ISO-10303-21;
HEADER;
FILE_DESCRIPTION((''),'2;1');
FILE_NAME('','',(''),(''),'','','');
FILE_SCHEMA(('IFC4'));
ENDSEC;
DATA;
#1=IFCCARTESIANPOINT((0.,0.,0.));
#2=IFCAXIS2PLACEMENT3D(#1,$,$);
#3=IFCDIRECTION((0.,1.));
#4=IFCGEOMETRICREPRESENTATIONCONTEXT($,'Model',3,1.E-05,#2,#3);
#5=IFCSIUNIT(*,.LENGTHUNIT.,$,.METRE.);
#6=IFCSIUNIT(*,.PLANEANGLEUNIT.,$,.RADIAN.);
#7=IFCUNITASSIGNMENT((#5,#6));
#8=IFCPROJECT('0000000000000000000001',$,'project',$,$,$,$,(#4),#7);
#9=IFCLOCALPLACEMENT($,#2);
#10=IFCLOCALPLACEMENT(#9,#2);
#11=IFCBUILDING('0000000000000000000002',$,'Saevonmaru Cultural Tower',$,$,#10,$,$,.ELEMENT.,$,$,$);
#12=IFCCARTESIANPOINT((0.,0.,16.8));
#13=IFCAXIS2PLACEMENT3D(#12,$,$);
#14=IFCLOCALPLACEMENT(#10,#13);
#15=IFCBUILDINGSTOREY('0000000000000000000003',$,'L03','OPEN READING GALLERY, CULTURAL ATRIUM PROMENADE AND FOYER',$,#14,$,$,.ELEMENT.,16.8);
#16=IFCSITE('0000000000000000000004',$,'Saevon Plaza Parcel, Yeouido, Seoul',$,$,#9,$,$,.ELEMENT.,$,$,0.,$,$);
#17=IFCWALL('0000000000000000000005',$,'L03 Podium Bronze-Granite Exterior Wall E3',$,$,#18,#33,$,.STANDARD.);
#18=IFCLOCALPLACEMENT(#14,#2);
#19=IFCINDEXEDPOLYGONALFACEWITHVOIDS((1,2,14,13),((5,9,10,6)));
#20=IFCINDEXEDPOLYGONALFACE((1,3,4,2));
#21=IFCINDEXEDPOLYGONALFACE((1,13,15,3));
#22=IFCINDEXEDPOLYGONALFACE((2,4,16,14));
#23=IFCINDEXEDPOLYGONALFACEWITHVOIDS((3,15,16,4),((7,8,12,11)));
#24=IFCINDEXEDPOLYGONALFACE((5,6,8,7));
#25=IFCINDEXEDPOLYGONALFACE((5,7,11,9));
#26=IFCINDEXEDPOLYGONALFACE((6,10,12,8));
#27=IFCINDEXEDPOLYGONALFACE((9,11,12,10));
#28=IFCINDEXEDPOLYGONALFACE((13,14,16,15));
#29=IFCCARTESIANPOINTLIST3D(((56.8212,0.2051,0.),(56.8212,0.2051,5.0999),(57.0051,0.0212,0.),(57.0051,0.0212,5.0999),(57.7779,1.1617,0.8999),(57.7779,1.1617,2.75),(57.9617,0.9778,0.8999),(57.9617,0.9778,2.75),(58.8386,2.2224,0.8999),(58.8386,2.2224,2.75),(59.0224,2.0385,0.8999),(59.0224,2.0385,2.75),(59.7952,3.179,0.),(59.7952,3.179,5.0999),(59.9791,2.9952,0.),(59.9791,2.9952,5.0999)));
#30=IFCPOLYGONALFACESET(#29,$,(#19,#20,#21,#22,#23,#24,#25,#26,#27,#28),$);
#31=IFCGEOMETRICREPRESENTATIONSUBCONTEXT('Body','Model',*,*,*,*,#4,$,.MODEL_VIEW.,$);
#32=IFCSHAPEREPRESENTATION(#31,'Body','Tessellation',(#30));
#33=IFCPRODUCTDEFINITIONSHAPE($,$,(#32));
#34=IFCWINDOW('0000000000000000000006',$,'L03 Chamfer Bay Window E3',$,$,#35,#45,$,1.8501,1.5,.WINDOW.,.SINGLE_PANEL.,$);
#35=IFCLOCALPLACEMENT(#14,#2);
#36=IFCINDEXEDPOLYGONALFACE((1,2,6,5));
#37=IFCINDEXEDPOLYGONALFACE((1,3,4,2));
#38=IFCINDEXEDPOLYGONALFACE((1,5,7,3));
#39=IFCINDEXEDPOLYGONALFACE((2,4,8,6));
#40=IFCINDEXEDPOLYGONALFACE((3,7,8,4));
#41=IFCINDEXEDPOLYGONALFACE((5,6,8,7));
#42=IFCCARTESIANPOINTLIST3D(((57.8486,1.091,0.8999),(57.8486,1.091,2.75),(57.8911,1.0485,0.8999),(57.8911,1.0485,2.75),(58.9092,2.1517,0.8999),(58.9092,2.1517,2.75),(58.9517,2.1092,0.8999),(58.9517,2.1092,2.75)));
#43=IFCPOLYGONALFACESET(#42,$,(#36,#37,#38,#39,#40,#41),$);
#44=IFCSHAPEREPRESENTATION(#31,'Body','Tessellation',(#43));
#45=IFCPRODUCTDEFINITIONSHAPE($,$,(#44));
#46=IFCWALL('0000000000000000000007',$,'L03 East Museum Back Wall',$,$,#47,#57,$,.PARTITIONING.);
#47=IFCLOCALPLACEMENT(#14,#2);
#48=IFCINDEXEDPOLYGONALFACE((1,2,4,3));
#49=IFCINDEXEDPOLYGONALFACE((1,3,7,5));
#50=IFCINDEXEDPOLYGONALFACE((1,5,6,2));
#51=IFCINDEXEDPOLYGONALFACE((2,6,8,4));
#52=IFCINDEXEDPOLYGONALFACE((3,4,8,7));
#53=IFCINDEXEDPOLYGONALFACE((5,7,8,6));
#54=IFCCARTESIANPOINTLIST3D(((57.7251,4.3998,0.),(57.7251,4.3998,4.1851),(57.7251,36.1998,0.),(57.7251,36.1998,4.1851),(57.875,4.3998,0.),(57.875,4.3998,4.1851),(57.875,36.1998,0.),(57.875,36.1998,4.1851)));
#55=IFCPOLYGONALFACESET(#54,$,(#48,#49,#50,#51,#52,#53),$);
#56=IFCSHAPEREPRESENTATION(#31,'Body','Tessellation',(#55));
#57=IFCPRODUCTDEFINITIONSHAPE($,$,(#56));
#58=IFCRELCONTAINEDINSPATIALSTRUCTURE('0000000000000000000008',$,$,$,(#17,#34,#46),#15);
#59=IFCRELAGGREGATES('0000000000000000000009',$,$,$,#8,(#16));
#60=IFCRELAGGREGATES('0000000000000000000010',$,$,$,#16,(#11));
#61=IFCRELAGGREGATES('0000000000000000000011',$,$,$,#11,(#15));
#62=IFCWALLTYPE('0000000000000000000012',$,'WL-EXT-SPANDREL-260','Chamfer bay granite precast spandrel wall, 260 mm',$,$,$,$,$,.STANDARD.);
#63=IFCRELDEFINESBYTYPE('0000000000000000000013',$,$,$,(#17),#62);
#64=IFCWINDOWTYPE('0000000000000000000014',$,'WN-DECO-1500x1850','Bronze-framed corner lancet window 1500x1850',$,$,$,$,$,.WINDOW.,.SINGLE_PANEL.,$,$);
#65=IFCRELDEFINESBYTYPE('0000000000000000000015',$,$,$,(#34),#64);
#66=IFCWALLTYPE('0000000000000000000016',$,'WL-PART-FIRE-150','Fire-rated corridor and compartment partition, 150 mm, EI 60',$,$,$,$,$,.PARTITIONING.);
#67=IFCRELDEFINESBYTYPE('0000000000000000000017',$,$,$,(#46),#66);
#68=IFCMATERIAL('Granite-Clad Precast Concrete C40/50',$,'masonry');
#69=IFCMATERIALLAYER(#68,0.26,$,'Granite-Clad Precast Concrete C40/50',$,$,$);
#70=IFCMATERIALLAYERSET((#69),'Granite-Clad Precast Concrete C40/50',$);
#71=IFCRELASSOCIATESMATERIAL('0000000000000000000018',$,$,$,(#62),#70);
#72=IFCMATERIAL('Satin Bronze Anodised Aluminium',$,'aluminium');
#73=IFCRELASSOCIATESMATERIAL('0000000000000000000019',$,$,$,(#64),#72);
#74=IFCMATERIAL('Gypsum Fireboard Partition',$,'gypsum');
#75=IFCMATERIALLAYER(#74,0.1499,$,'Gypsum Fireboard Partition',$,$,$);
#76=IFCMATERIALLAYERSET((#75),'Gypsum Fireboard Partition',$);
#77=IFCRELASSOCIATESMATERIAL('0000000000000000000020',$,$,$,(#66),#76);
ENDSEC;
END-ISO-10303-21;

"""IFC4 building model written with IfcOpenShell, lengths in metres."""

from ifc_helpers import new_model, si_unit, direction, frame, frame_2d, origin, place, context, subcontext, project, spatial, rectangle, extrude, material, layer, layer_set, type_object, element, fill, save


model = new_model("IFC4")

# Units and contexts
model_context = context("Model", 3, precision=1e-05, world=origin(), true_north=direction((0.0, 1.0)))
body_context = subcontext(model_context, "Body", "Model", "MODEL_VIEW")
ifc_project = project(units=[si_unit("LENGTHUNIT", "METRE"), si_unit("PLANEANGLEUNIT", "RADIAN")], contexts=[model_context])

# Site, building, storey
site_placement = place(None, origin())
site = spatial("IfcSite", under=ifc_project, at=site_placement, Name="Saevon Plaza Parcel, Yeouido, Seoul", CompositionType="ELEMENT", RefElevation=0.0)
building_placement = place(site_placement, origin())
building = spatial("IfcBuilding", under=site, at=building_placement, Name="Saevonmaru Cultural Tower", CompositionType="ELEMENT")
storey_placement = place(building_placement, frame((0.0, 0.0, 16.8)))
storey = spatial("IfcBuildingStorey", under=building, at=storey_placement, Name="L03", Description="OPEN READING GALLERY, CULTURAL ATRIUM PROMENADE AND FOYER", CompositionType="ELEMENT", Elevation=16.8)

# Shared definitions
ifc_material_1 = material(Name="Satin Bronze Anodised Aluminium", Category="aluminium")

# Wall, opening, window
ifc_material_2 = material(Name="Granite-Clad Precast Concrete C40/50", Category="masonry")
ifc_layer_1 = layer(ifc_material_2, 0.26, Name="Granite-Clad Precast Concrete C40/50")
ifc_layer_set_1 = layer_set([ifc_layer_1], Name="Granite-Clad Precast Concrete C40/50")
wall_type_1 = type_object("IfcWallType", Name="WL-EXT-SPANDREL-260", Description="Chamfer bay granite precast spandrel wall, 260 mm", PredefinedType="STANDARD", material=ifc_layer_set_1)
wall_1_placement = place(storey_placement, frame((56.9131, 0.113, 0.0), z_axis=(0.0, 0.0, 1.0), x_axis=(0.707107, 0.707107, 0.0)))
wall_1 = element("IfcWall", 1, at=wall_1_placement, inside=storey, type_object=wall_type_1, Name="L03 Podium Bronze-Granite Exterior Wall E3", PredefinedType="STANDARD", context=body_context, shape_type="SweptSolid", body=[
    extrude(rectangle(XDim=4.2058, YDim=0.26, at=frame_2d((2.103, 0.0))), origin(), (0.0, 0.0, 1.0), 5.0999),
])
opening_placement = place(wall_1_placement, frame((1.353, 0.0, 0.8999)))
opening = element("IfcOpeningElement", 2, at=opening_placement, cuts=wall_1, PredefinedType="OPENING", context=body_context, shape_type="SweptSolid", body=[
    extrude(rectangle(XDim=1.5, YDim=1.8501, at=frame_2d((0.75, 0.925))), frame((0.0, 0.1401, 0.0), z_axis=(0.0, -1.0, 0.0), x_axis=(1.0, 0.0, 0.0)), (0.0, 0.0, 1.0), 0.28),
])
window_type = type_object("IfcWindowType", Name="WN-DECO-1500x1850", Description="Bronze-framed corner lancet window 1500x1850", PartitioningType="SINGLE_PANEL", PredefinedType="WINDOW", material=ifc_material_1)
window_placement = place(opening_placement, origin())
window = element("IfcWindow", 3, at=window_placement, inside=storey, type_object=window_type, Name="L03 Chamfer Bay Window E3", OverallHeight=1.8501, OverallWidth=1.5, PartitioningType="SINGLE_PANEL", PredefinedType="WINDOW", context=body_context, shape_type="SweptSolid", body=[
    extrude(rectangle(XDim=1.5, YDim=1.8501, at=frame_2d((0.75, 0.925))), frame((0.0, 0.03, 0.0), z_axis=(0.0, -1.0, 0.0), x_axis=(1.0, 0.0, 0.0)), (0.0, 0.0, 1.0), 0.0601),
])
fill(opening, window)

# Wall
ifc_material_3 = material(Name="Gypsum Fireboard Partition", Category="gypsum")
ifc_layer_2 = layer(ifc_material_3, 0.1499, Name="Gypsum Fireboard Partition")
ifc_layer_set_2 = layer_set([ifc_layer_2], Name="Gypsum Fireboard Partition")
wall_type_2 = type_object("IfcWallType", Name="WL-PART-FIRE-150", Description="Fire-rated corridor and compartment partition, 150 mm, EI 60", PredefinedType="PARTITIONING", material=ifc_layer_set_2)
wall_2_placement = place(storey_placement, frame((57.8, 4.3999, 0.0), z_axis=(0.0, 0.0, 1.0), x_axis=(0.0, 1.0, 0.0)))
element("IfcWall", 4, at=wall_2_placement, inside=storey, type_object=wall_type_2, Name="L03 East Museum Back Wall", PredefinedType="PARTITIONING", context=body_context, shape_type="SweptSolid", body=[
    extrude(rectangle(XDim=31.8, YDim=0.1499, at=frame_2d((15.8999, 0.0))), origin(), (0.0, 0.0, 1.0), 4.1851),
])

save(model, "model.ifc")
